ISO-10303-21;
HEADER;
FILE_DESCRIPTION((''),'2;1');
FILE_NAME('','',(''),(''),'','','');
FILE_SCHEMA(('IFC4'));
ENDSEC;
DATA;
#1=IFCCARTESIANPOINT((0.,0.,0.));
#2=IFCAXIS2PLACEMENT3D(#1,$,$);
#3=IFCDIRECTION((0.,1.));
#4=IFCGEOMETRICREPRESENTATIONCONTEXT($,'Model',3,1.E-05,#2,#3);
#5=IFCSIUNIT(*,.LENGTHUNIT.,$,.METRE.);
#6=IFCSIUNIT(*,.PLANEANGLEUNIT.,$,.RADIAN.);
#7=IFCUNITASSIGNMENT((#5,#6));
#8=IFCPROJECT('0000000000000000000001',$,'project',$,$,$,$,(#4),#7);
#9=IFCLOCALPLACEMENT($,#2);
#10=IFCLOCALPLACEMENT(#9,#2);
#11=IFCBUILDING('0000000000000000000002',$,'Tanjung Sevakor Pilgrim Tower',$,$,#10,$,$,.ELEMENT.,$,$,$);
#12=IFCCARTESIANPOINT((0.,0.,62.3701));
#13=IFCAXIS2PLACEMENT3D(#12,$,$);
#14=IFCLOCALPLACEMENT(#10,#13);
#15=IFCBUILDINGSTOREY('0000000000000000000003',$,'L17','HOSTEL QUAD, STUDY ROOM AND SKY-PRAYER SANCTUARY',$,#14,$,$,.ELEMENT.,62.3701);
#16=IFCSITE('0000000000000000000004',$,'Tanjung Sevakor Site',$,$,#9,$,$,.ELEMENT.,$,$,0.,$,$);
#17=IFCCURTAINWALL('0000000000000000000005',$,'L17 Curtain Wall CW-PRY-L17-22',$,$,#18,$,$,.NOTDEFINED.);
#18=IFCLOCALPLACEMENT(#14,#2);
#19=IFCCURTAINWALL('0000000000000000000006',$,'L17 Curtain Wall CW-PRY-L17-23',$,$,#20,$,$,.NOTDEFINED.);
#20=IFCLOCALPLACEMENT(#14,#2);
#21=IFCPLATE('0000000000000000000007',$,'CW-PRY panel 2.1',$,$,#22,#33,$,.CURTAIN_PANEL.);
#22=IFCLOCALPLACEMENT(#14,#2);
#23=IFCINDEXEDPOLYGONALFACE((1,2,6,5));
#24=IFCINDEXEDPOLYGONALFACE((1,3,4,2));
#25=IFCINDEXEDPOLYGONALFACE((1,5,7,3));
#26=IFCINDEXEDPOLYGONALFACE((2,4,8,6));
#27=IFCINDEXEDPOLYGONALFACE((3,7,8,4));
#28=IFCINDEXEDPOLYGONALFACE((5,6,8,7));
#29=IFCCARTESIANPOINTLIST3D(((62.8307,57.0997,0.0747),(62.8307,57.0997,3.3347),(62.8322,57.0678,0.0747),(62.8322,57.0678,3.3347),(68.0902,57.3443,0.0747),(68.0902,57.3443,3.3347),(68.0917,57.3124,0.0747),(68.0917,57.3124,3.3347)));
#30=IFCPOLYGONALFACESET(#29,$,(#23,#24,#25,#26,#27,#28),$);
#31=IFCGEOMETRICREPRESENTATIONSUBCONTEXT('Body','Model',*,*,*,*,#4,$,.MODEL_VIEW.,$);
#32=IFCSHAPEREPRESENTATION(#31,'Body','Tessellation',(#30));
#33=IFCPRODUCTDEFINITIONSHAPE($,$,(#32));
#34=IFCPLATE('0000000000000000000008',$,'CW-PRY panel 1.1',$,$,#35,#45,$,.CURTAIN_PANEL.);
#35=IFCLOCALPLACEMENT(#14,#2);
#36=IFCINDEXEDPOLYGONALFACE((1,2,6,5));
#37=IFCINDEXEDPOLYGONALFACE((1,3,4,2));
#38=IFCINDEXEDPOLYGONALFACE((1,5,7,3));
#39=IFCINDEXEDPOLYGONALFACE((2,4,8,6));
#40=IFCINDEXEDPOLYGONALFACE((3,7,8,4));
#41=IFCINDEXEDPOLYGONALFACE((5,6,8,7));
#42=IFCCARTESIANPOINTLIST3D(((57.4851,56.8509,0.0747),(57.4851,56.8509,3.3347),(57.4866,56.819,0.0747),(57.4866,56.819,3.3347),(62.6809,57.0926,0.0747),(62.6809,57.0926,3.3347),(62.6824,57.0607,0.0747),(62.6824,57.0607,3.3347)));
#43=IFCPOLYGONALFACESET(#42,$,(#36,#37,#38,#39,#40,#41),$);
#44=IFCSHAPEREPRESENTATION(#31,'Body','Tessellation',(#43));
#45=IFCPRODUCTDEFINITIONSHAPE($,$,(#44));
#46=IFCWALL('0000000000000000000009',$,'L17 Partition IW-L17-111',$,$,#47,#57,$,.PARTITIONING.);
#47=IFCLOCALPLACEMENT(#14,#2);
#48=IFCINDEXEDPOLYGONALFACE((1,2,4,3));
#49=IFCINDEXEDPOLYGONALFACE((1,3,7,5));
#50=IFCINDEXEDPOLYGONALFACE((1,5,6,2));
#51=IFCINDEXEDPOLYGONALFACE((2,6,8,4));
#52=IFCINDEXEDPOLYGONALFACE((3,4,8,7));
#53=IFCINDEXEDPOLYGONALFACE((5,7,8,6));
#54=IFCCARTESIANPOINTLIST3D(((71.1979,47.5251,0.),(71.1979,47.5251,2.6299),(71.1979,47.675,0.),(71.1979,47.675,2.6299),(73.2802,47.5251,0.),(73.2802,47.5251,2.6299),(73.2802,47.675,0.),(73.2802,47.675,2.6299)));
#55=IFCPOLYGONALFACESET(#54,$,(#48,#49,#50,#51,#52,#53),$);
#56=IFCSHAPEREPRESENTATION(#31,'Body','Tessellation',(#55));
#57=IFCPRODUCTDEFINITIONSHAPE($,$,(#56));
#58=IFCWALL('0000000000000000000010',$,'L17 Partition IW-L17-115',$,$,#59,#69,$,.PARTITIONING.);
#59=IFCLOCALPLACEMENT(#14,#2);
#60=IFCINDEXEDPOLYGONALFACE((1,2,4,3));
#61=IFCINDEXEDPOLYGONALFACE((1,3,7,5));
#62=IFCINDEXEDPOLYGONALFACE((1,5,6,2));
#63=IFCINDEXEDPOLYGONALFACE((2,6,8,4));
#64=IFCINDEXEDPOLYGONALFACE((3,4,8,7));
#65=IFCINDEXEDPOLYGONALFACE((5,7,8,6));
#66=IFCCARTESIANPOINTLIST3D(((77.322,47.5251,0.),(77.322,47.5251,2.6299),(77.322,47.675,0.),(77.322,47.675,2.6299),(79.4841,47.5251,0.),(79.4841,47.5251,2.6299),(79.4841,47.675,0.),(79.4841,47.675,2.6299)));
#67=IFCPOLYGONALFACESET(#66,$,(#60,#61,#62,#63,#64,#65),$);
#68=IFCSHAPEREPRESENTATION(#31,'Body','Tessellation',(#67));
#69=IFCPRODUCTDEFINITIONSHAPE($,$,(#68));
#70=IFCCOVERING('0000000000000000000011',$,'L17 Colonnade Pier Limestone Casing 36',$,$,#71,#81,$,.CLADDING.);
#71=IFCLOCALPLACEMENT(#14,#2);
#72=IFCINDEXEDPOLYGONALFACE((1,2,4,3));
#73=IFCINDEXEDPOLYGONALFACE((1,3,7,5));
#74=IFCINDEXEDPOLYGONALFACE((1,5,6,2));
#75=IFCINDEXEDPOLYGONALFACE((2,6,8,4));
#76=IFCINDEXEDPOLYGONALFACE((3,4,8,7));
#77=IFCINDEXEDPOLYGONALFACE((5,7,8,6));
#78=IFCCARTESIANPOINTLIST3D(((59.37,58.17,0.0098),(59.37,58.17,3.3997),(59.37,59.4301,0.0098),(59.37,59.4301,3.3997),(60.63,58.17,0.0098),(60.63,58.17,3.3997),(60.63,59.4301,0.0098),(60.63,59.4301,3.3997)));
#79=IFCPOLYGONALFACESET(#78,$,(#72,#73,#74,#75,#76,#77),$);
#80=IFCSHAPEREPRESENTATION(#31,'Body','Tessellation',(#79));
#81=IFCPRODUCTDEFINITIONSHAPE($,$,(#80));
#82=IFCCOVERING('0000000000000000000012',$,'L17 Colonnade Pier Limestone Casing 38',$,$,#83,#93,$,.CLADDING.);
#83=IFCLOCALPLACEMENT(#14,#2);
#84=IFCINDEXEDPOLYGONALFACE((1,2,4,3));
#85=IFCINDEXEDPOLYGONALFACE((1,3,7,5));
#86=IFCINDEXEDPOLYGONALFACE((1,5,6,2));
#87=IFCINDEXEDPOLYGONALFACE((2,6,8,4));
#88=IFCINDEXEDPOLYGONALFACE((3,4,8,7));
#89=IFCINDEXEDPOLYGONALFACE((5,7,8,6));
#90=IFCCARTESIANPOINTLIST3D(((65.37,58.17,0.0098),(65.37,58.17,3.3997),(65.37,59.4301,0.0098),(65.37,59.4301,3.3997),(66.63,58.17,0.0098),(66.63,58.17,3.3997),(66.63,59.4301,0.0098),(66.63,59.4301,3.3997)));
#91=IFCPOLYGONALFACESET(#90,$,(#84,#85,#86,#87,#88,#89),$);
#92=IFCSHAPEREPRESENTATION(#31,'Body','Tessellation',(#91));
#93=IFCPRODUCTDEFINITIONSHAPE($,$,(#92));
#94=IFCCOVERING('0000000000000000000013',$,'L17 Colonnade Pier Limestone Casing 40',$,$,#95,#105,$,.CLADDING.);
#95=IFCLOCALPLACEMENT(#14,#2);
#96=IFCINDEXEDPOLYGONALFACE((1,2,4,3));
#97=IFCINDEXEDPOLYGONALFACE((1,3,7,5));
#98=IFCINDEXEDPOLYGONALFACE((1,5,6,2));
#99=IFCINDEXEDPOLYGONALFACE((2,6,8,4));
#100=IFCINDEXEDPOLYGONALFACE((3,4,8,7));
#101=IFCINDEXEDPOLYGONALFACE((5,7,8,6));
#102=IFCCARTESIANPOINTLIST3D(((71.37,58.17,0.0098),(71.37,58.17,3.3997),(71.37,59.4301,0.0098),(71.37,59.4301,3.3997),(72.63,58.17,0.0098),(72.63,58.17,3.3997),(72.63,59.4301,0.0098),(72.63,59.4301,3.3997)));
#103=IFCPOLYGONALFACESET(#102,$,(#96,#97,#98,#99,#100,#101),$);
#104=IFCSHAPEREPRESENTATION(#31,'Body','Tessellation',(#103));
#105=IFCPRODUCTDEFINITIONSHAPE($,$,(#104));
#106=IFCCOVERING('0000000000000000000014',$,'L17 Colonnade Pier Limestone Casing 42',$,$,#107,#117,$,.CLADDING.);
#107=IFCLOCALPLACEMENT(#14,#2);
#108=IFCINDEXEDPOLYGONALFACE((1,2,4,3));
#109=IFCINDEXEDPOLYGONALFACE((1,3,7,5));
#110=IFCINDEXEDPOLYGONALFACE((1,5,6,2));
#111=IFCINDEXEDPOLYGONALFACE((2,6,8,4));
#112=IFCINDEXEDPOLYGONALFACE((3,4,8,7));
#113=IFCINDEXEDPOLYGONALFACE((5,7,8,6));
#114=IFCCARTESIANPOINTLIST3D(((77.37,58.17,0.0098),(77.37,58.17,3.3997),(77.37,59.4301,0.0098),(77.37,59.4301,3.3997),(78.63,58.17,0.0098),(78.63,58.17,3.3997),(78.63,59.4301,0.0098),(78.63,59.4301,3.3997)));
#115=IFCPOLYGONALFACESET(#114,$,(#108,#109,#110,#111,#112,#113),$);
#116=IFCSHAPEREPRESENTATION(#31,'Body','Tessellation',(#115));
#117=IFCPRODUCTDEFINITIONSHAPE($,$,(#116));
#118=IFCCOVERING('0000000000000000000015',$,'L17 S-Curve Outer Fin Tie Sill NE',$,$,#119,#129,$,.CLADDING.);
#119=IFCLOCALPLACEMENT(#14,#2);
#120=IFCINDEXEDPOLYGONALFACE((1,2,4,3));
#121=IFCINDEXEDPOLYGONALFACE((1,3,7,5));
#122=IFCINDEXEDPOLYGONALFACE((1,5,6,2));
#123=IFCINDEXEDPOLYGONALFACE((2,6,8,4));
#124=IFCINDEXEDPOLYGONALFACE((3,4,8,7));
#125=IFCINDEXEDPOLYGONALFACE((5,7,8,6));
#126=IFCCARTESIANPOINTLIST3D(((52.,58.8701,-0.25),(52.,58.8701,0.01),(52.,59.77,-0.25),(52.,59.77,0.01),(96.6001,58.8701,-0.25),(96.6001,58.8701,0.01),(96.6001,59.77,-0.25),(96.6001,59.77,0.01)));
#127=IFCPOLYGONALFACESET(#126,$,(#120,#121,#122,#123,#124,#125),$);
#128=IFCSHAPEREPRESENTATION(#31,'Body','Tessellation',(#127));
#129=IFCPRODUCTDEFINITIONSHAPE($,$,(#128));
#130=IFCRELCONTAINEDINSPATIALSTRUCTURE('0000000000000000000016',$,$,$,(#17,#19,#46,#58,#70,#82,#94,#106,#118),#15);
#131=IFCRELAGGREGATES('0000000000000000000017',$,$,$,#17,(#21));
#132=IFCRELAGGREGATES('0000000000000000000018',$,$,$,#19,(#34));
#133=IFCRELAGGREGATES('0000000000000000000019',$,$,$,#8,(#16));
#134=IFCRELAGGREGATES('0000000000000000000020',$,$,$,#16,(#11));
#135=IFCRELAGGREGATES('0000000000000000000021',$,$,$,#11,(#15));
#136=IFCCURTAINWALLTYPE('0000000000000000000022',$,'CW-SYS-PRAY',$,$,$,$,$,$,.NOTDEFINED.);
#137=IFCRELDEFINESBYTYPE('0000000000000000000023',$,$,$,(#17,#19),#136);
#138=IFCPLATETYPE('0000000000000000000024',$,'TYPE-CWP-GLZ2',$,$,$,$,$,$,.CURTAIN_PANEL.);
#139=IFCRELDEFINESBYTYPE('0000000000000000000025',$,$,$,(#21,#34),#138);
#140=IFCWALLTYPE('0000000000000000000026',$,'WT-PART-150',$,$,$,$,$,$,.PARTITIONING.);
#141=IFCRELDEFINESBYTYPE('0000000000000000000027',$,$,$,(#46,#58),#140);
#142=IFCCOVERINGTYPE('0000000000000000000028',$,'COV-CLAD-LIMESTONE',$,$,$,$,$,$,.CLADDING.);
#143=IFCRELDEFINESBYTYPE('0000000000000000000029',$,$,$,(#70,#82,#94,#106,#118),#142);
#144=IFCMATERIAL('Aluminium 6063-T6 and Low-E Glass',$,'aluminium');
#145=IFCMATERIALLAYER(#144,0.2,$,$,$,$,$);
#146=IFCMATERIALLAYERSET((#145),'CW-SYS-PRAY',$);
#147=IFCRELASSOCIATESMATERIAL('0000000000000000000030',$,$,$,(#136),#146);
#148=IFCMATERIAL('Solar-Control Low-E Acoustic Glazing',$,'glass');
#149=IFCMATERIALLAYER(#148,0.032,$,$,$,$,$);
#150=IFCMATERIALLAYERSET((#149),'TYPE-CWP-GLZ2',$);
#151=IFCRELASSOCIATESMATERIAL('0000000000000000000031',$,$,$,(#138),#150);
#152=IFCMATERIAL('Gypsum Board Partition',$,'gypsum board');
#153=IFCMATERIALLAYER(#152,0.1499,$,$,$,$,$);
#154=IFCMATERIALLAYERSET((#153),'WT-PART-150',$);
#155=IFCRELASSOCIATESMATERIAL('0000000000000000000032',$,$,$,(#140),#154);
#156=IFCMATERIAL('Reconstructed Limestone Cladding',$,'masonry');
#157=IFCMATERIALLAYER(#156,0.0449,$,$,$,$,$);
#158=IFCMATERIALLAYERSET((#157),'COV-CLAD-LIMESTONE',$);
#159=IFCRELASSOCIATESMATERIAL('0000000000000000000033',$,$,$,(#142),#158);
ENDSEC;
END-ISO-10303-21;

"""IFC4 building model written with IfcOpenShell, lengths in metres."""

from ifc_helpers import new_model, si_unit, direction, frame, frame_2d, origin, origin_2d, place, context, subcontext, project, spatial, rectangle, extrude, material, layer, layer_set, type_object, element, aggregate, save


model = new_model("IFC4")

# Units and contexts
model_context = context("Model", 3, precision=1e-05, world=origin(), true_north=direction((0.0, 1.0)))
body_context = subcontext(model_context, "Body", "Model", "MODEL_VIEW")
ifc_project = project(units=[si_unit("LENGTHUNIT", "METRE"), si_unit("PLANEANGLEUNIT", "RADIAN")], contexts=[model_context])

# Site, building, storey
site_placement = place(None, origin())
site = spatial("IfcSite", under=ifc_project, at=site_placement, Name="Tanjung Sevakor Site", CompositionType="ELEMENT", RefElevation=0.0)
building_placement = place(site_placement, origin())
building = spatial("IfcBuilding", under=site, at=building_placement, Name="Tanjung Sevakor Pilgrim Tower", CompositionType="ELEMENT")
storey_placement = place(building_placement, frame((0.0, 0.0, 62.3701)))
storey = spatial("IfcBuildingStorey", under=building, at=storey_placement, Name="L17", Description="HOSTEL QUAD, STUDY ROOM AND SKY-PRAYER SANCTUARY", CompositionType="ELEMENT", Elevation=62.3701)

# Curtain wall
ifc_material_1 = material(Name="Aluminium 6063-T6 and Low-E Glass", Category="aluminium")
ifc_layer_1 = layer(ifc_material_1, 0.2)
ifc_layer_set_1 = layer_set([ifc_layer_1], Name="CW-SYS-PRAY")
curtain_wall_type = type_object("IfcCurtainWallType", Name="CW-SYS-PRAY", PredefinedType="NOTDEFINED", material=ifc_layer_set_1)
curtain_wall_1_placement = place(storey_placement, origin())
curtain_wall_1 = element("IfcCurtainWall", 1, at=curtain_wall_1_placement, inside=storey, type_object=curtain_wall_type, Name="L17 Curtain Wall CW-PRY-L17-22", PredefinedType="NOTDEFINED")

# Curtain wall
curtain_wall_2_placement = place(storey_placement, origin())
curtain_wall_2 = element("IfcCurtainWall", 2, at=curtain_wall_2_placement, inside=storey, type_object=curtain_wall_type, Name="L17 Curtain Wall CW-PRY-L17-23", PredefinedType="NOTDEFINED")

# Plates
ifc_material_2 = material(Name="Solar-Control Low-E Acoustic Glazing", Category="glass")
ifc_layer_2 = layer(ifc_material_2, 0.032)
ifc_layer_set_2 = layer_set([ifc_layer_2], Name="TYPE-CWP-GLZ2")
plate_type = type_object("IfcPlateType", Name="TYPE-CWP-GLZ2", PredefinedType="CURTAIN_PANEL", material=ifc_layer_set_2)
plate_1_placement = place(storey_placement, frame((65.4612, 57.2061, 0.0747), z_axis=(0.0, 0.0, 1.0), x_axis=(-0.998921, -0.046452, 0.0)))
plate_1 = element("IfcPlate", 3, at=plate_1_placement, type_object=plate_type, Name="CW-PRY panel 2.1", PredefinedType="CURTAIN_PANEL", context=body_context, shape_type="SweptSolid", body=[
    extrude(rectangle(XDim=5.2651, YDim=0.032, at=origin_2d()), origin(), (0.0, 0.0, 1.0), 3.26),
])
aggregate(curtain_wall_1, [plate_1])
plate_2_placement = place(storey_placement, frame((60.0837, 56.9558, 0.0747), z_axis=(0.0, 0.0, 1.0), x_axis=(-0.99892, -0.046462, 0.0)))
plate_2 = element("IfcPlate", 4, at=plate_2_placement, type_object=plate_type, Name="CW-PRY panel 1.1", PredefinedType="CURTAIN_PANEL", context=body_context, shape_type="SweptSolid", body=[
    extrude(rectangle(XDim=5.2014, YDim=0.032, at=origin_2d()), origin(), (0.0, 0.0, 1.0), 3.26),
])
aggregate(curtain_wall_2, [plate_2])

# Walls
ifc_material_3 = material(Name="Gypsum Board Partition", Category="gypsum board")
ifc_layer_3 = layer(ifc_material_3, 0.1499)
ifc_layer_set_3 = layer_set([ifc_layer_3], Name="WT-PART-150")
wall_type = type_object("IfcWallType", Name="WT-PART-150", PredefinedType="PARTITIONING", material=ifc_layer_set_3)
wall_1_placement = place(storey_placement, frame((71.198, 47.6001, 0.0), z_axis=(0.0, 0.0, 1.0), x_axis=(1.0, 0.0, 0.0)))
element("IfcWall", 5, at=wall_1_placement, inside=storey, type_object=wall_type, Name="L17 Partition IW-L17-111", PredefinedType="PARTITIONING", context=body_context, shape_type="SweptSolid", body=[
    extrude(rectangle(XDim=2.0823, YDim=0.1499, at=frame_2d((1.041, 0.0))), origin(), (0.0, 0.0, 1.0), 2.6299),
])
wall_2_placement = place(storey_placement, frame((77.322, 47.6001, 0.0), z_axis=(0.0, 0.0, 1.0), x_axis=(1.0, 0.0, 0.0)))
element("IfcWall", 6, at=wall_2_placement, inside=storey, type_object=wall_type, Name="L17 Partition IW-L17-115", PredefinedType="PARTITIONING", context=body_context, shape_type="SweptSolid", body=[
    extrude(rectangle(XDim=2.1621, YDim=0.1499, at=frame_2d((1.0811, 0.0))), origin(), (0.0, 0.0, 1.0), 2.6299),
])

# Coverings
ifc_material_4 = material(Name="Reconstructed Limestone Cladding", Category="masonry")
ifc_layer_4 = layer(ifc_material_4, 0.0449)
ifc_layer_set_4 = layer_set([ifc_layer_4], Name="COV-CLAD-LIMESTONE")
covering_type = type_object("IfcCoveringType", Name="COV-CLAD-LIMESTONE", PredefinedType="CLADDING", material=ifc_layer_set_4)
for number, where, z_axis, x_axis, name in (
    (7, (60.0, 58.8, 0.0098), (0.0, 0.0, 1.0), (1.0, 0.0, 0.0), "L17 Colonnade Pier Limestone Casing 36"),
    (8, (66.0, 58.8, 0.0098), (0.0, 0.0, 1.0), (1.0, 0.0, 0.0), "L17 Colonnade Pier Limestone Casing 38"),
    (9, (72.0, 58.8, 0.0098), (0.0, 0.0, 1.0), (1.0, 0.0, 0.0), "L17 Colonnade Pier Limestone Casing 40"),
    (10, (78.0, 58.8, 0.0098), (0.0, 0.0, 1.0), (1.0, 0.0, 0.0), "L17 Colonnade Pier Limestone Casing 42"),
):
    element("IfcCovering", number, at=place(storey_placement, frame(where, z_axis=z_axis, x_axis=x_axis)), inside=storey, type_object=covering_type, Name=name, PredefinedType="CLADDING", context=body_context, shape_type="SweptSolid", body=[
        extrude(rectangle(XDim=1.26, YDim=1.26, at=origin_2d()), origin(), (0.0, 0.0, 1.0), 3.3899),
    ])
covering_placement = place(storey_placement, frame((74.3, 59.3201, -0.25), z_axis=(0.0, 0.0, 1.0), x_axis=(1.0, 0.0, 0.0)))
element("IfcCovering", 11, at=covering_placement, inside=storey, type_object=covering_type, Name="L17 S-Curve Outer Fin Tie Sill NE", PredefinedType="CLADDING", context=body_context, shape_type="SweptSolid", body=[
    extrude(rectangle(XDim=44.6001, YDim=0.8999, at=origin_2d()), origin(), (0.0, 0.0, 1.0), 0.26),
])

save(model, "model.ifc")
